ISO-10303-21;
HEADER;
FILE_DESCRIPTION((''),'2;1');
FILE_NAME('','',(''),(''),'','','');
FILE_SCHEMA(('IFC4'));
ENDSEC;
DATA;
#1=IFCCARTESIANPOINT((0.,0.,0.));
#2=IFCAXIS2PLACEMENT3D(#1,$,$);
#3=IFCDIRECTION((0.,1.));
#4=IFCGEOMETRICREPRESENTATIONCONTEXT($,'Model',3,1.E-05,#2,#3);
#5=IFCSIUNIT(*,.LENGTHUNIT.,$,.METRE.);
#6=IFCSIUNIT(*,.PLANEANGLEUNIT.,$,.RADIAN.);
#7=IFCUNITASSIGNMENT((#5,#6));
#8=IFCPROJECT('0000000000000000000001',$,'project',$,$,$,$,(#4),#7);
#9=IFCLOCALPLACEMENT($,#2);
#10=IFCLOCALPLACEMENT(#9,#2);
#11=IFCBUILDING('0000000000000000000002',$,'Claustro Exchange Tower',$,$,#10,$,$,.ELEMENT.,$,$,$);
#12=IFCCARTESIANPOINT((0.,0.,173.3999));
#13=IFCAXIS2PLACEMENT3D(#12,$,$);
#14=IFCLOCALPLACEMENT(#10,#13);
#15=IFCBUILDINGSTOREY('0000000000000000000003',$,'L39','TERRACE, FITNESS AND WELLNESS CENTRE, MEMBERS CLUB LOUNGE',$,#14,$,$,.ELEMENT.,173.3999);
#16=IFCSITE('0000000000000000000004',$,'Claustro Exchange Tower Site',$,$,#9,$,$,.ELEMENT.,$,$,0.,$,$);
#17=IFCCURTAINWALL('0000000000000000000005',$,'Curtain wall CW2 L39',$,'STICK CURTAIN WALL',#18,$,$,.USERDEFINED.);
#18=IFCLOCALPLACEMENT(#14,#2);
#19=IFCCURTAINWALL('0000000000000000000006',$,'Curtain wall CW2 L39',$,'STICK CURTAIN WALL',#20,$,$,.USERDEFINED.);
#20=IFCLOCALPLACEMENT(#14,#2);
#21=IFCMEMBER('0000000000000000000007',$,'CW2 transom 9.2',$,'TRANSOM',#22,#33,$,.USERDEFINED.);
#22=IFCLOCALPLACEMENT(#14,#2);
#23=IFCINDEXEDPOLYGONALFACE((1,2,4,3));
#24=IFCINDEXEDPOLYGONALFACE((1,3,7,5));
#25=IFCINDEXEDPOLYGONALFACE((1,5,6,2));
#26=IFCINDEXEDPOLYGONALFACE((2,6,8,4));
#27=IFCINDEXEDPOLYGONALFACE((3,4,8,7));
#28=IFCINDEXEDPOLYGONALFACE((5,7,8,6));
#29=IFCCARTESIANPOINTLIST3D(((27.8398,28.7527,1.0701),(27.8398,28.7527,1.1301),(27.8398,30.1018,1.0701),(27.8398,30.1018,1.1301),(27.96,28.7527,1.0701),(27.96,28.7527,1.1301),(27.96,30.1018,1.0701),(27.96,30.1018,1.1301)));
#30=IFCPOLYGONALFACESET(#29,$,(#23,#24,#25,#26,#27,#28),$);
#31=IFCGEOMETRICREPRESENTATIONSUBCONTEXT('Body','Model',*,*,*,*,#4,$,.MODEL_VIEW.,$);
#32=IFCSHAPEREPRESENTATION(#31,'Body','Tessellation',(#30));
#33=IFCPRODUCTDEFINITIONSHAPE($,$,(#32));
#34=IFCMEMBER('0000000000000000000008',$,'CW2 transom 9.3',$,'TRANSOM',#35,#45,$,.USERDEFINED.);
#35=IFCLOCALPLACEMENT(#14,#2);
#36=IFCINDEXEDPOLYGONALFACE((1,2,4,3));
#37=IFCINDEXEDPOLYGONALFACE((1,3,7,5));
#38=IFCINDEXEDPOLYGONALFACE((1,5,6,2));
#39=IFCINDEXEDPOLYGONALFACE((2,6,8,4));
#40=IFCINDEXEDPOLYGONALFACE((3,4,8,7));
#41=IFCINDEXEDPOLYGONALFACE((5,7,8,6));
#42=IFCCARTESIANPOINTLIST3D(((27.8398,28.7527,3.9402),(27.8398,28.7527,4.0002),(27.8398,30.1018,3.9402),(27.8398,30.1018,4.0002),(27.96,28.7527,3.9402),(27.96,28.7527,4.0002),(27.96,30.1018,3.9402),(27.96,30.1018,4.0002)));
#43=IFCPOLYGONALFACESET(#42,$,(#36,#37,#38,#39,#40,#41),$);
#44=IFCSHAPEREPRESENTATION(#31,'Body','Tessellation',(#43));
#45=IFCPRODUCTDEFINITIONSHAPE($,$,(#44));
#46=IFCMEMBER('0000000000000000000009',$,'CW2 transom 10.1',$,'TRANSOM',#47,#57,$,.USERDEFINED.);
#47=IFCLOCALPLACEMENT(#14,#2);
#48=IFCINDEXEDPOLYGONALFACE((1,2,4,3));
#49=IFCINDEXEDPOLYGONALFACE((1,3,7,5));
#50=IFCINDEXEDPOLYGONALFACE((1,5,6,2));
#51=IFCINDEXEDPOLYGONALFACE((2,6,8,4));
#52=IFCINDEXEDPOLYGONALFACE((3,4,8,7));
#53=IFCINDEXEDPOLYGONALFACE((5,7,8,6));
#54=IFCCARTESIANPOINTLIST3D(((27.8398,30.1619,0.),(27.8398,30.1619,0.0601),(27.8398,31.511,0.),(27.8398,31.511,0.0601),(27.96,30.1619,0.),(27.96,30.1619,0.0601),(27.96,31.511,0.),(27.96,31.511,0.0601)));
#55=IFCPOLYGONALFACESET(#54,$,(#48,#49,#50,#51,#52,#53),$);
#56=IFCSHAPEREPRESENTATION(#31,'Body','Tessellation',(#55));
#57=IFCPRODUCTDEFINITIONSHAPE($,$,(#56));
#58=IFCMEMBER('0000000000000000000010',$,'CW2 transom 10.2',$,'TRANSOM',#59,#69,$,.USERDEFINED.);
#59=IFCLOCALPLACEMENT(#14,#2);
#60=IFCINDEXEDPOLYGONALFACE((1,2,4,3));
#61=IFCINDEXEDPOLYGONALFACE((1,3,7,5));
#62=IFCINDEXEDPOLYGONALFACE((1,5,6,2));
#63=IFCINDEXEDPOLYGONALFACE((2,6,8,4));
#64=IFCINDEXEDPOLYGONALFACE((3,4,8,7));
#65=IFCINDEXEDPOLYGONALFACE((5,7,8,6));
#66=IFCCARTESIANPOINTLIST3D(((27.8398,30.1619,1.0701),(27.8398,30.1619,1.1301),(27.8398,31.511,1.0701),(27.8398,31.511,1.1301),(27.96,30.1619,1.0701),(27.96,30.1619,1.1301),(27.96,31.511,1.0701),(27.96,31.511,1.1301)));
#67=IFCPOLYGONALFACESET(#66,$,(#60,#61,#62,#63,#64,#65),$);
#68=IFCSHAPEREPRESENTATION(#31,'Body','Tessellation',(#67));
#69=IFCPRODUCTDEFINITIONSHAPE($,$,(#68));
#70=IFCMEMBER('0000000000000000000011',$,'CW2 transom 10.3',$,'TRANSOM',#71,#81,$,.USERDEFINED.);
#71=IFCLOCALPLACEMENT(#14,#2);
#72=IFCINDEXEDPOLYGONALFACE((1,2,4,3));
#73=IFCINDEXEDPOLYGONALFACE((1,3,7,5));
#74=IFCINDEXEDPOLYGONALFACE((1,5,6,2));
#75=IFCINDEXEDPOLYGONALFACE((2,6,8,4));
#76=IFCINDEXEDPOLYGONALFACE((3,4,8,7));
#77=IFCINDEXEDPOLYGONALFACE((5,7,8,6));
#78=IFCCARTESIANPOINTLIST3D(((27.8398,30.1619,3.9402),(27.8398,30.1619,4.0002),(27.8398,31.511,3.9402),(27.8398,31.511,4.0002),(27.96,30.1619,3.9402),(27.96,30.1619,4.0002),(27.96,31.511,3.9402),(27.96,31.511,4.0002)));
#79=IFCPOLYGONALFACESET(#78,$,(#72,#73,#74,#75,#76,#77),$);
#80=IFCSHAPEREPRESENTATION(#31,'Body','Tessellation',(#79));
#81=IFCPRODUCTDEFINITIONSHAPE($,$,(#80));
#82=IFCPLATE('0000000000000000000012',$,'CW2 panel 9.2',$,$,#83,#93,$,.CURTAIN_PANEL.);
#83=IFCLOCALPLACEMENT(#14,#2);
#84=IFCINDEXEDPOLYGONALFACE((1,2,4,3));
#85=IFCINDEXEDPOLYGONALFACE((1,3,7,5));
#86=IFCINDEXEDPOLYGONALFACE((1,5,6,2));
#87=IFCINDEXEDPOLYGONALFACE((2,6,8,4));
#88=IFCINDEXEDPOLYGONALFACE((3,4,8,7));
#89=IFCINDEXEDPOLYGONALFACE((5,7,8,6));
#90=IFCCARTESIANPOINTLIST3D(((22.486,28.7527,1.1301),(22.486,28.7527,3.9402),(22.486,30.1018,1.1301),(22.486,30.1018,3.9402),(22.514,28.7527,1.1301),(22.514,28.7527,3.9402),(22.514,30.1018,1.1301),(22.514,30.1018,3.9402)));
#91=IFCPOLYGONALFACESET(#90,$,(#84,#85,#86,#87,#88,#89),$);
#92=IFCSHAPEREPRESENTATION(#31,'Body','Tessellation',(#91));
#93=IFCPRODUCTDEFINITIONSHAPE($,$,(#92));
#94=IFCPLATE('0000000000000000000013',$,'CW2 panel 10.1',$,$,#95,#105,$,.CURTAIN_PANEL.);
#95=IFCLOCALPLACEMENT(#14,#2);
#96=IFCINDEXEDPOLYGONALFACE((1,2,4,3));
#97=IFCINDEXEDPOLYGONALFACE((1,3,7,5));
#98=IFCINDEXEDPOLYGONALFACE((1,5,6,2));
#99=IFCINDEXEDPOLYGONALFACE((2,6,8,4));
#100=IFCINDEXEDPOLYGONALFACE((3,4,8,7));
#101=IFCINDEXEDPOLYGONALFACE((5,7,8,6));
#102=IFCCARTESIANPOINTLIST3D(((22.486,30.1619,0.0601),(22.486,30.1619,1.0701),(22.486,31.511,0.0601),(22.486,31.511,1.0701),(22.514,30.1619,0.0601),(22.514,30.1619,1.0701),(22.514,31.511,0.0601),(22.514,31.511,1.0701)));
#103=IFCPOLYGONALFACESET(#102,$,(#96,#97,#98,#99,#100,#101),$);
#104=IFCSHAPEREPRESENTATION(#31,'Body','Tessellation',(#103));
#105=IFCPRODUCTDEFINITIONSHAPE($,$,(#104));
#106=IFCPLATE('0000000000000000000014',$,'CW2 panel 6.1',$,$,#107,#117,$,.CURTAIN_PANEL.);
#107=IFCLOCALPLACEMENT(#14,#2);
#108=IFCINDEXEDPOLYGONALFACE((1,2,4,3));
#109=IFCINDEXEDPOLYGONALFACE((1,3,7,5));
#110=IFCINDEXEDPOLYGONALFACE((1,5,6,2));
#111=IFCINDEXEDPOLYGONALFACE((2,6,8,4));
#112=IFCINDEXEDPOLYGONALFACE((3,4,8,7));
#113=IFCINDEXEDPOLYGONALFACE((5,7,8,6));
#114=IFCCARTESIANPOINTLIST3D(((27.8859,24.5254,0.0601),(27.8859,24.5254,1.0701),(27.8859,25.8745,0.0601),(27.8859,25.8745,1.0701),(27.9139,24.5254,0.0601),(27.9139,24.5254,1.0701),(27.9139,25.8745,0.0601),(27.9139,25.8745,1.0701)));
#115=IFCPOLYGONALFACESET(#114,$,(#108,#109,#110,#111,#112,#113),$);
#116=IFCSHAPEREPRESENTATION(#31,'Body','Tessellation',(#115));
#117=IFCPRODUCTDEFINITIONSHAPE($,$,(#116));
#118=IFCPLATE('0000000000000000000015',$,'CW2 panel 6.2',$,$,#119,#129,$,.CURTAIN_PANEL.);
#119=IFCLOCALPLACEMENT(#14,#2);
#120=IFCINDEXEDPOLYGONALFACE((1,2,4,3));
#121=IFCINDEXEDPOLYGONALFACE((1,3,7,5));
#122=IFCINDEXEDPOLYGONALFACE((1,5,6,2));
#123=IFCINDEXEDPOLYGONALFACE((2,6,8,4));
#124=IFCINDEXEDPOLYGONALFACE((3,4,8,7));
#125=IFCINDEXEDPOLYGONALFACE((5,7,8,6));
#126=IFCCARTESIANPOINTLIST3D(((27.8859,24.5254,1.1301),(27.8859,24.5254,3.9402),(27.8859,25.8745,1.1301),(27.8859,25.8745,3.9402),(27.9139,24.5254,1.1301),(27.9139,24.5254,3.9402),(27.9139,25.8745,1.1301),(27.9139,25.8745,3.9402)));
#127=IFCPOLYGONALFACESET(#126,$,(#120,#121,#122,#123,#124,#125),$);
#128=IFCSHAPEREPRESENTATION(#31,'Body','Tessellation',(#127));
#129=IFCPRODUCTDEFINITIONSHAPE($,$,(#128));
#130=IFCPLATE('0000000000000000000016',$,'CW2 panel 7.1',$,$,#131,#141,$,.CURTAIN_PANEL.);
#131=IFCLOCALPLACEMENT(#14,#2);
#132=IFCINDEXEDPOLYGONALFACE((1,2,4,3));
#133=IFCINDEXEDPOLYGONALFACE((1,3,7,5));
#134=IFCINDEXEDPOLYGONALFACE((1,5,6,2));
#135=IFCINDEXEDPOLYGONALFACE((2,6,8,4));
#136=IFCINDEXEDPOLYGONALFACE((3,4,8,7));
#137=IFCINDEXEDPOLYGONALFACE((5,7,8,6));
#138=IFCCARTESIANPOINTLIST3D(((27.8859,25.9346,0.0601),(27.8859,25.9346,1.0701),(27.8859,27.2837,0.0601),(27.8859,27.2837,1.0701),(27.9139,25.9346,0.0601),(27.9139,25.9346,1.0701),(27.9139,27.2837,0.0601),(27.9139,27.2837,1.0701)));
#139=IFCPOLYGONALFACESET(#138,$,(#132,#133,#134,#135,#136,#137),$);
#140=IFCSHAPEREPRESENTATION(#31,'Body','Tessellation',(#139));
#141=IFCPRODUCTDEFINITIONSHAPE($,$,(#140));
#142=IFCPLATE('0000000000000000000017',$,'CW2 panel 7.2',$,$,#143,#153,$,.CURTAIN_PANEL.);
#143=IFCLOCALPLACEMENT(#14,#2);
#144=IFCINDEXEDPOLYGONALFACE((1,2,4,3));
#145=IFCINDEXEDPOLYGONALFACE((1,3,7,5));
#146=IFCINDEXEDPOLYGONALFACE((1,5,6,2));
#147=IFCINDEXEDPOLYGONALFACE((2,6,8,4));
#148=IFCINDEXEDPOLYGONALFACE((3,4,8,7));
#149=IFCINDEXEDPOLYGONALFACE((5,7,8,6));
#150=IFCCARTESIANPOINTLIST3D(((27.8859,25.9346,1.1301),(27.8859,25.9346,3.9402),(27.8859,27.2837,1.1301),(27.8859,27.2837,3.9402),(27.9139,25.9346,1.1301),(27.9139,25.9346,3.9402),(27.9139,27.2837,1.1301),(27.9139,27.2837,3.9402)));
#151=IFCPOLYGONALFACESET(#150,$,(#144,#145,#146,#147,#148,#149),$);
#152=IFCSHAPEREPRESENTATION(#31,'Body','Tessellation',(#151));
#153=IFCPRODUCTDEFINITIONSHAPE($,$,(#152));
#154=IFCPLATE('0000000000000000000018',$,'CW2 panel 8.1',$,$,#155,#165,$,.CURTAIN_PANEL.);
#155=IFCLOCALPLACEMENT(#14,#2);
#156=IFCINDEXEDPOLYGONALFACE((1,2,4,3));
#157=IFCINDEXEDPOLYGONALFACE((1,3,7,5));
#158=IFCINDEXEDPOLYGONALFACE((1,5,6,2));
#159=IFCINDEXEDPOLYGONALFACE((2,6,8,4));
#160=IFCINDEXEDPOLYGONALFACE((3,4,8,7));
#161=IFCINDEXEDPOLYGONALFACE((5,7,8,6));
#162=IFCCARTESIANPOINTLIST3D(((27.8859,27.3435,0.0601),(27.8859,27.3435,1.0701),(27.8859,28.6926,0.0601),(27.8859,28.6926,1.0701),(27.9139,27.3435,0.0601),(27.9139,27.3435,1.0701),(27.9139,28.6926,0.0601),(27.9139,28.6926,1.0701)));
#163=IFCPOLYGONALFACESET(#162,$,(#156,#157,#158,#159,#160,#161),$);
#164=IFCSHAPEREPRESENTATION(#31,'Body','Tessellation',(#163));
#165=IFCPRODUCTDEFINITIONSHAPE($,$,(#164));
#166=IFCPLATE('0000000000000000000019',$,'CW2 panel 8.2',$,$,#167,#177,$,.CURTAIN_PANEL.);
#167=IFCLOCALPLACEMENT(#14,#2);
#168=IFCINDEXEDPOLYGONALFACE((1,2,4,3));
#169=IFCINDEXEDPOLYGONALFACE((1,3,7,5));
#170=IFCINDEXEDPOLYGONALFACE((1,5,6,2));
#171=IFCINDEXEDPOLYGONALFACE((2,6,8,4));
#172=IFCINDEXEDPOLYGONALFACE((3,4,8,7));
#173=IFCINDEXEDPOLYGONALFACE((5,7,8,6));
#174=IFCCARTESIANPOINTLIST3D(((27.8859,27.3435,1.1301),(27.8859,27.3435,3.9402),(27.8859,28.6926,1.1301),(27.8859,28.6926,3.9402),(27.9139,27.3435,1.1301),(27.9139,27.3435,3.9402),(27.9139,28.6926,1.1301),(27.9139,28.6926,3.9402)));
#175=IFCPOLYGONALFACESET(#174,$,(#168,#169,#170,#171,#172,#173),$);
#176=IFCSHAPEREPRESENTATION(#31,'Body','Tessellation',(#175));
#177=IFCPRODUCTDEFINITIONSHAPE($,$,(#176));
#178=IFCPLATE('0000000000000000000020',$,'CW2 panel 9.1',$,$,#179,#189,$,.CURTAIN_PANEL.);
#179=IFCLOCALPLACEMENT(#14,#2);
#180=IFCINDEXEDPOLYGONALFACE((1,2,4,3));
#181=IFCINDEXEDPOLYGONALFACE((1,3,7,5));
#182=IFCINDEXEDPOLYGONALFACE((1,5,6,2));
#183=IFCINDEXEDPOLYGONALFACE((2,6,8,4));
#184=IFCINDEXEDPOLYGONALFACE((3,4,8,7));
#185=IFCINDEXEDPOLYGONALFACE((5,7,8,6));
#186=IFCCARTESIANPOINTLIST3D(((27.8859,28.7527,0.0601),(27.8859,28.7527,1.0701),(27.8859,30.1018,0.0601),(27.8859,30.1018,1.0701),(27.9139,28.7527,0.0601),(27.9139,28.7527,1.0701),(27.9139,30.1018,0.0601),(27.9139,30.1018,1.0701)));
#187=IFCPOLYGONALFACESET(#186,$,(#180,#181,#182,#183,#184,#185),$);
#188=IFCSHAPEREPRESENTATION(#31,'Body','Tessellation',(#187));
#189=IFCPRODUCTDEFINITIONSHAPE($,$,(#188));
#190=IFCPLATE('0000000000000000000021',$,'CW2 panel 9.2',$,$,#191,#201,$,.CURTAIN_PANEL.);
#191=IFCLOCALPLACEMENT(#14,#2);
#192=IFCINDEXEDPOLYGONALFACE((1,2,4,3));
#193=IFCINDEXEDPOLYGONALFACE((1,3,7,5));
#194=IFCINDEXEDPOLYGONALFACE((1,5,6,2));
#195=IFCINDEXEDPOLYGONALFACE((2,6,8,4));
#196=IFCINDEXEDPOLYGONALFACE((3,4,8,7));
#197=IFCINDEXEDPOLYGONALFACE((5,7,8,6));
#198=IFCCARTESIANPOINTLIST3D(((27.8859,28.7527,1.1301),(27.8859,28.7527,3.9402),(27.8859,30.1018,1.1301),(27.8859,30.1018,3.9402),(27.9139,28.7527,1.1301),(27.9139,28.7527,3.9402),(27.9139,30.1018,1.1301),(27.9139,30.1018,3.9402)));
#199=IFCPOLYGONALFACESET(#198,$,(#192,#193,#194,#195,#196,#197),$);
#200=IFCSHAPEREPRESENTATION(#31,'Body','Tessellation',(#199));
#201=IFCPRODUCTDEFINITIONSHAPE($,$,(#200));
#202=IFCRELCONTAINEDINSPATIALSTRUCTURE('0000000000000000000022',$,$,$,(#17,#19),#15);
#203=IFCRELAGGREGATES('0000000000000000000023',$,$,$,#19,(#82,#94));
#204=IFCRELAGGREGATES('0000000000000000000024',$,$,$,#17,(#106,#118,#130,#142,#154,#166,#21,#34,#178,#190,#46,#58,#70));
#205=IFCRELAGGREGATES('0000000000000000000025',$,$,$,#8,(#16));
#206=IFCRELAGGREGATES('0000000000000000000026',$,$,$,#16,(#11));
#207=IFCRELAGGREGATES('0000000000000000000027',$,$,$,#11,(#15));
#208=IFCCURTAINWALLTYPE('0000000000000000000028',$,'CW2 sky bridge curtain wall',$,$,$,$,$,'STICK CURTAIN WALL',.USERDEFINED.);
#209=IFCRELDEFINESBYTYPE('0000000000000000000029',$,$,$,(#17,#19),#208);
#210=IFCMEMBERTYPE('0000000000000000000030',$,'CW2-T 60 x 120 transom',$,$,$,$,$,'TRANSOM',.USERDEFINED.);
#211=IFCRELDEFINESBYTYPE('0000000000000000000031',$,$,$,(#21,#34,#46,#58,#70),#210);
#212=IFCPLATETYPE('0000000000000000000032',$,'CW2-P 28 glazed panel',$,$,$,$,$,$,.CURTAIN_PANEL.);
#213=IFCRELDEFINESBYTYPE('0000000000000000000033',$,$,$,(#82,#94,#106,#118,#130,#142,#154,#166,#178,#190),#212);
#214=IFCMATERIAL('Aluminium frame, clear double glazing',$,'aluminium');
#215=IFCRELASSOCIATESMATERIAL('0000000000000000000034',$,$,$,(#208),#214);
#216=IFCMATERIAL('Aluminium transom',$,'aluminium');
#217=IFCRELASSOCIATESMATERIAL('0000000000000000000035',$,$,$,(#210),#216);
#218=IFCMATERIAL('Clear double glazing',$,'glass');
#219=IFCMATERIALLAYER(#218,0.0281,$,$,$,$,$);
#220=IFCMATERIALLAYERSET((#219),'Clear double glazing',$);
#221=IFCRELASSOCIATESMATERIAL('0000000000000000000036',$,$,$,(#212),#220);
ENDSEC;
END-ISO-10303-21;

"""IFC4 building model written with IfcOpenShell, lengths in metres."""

from ifc_helpers import new_model, si_unit, direction, frame, origin, origin_2d, place, context, subcontext, project, spatial, rectangle, extrude, material, layer, layer_set, material_profile, profile_set, type_object, element, aggregate, save


model = new_model("IFC4")

# Units and contexts
model_context = context("Model", 3, precision=1e-05, world=origin(), true_north=direction((0.0, 1.0)))
body_context = subcontext(model_context, "Body", "Model", "MODEL_VIEW")
ifc_project = project(units=[si_unit("LENGTHUNIT", "METRE"), si_unit("PLANEANGLEUNIT", "RADIAN")], contexts=[model_context])

# Site, building, storey
site_placement = place(None, origin())
site = spatial("IfcSite", under=ifc_project, at=site_placement, Name="Claustro Exchange Tower Site", CompositionType="ELEMENT", RefElevation=0.0)
building_placement = place(site_placement, origin())
building = spatial("IfcBuilding", under=site, at=building_placement, Name="Claustro Exchange Tower", CompositionType="ELEMENT")
storey_placement = place(building_placement, frame((0.0, 0.0, 173.3999)))
storey = spatial("IfcBuildingStorey", under=building, at=storey_placement, Name="L39", Description="TERRACE, FITNESS AND WELLNESS CENTRE, MEMBERS CLUB LOUNGE", CompositionType="ELEMENT", Elevation=173.3999)

# Curtain walls
ifc_material_1 = material(Name="Aluminium frame, clear double glazing", Category="aluminium")
curtain_wall_type = type_object("IfcCurtainWallType", Name="CW2 sky bridge curtain wall", ElementType="STICK CURTAIN WALL", PredefinedType="USERDEFINED", material=ifc_material_1)
curtain_wall_1_placement = place(storey_placement, origin())
curtain_wall_1 = element("IfcCurtainWall", 1, at=curtain_wall_1_placement, inside=storey, type_object=curtain_wall_type, Name="Curtain wall CW2 L39", ObjectType="STICK CURTAIN WALL", PredefinedType="USERDEFINED")
curtain_wall_2_placement = place(storey_placement, origin())
curtain_wall_2 = element("IfcCurtainWall", 2, at=curtain_wall_2_placement, inside=storey, type_object=curtain_wall_type, Name="Curtain wall CW2 L39", ObjectType="STICK CURTAIN WALL", PredefinedType="USERDEFINED")
ifc_material_2 = material(Name="Aluminium transom", Category="aluminium")
ifc_material_profile_1 = material_profile(ifc_material_2, rectangle(XDim=0.1201, YDim=0.0601, at=origin_2d()), Name="CW2-T 60x120")
ifc_profile_set_1 = profile_set([ifc_material_profile_1], Name="Aluminium transom")
member_type_1 = type_object("IfcMemberType", Name="CW2-T 60 x 120 transom", ElementType="TRANSOM", PredefinedType="USERDEFINED", material=ifc_profile_set_1)

# Members
member_1_placement = place(storey_placement, frame((27.8999, 28.7527, 1.1001), z_axis=(0.0, 1.0, 0.0), x_axis=(-1.0, 0.0, 0.0)))
member_1 = element("IfcMember", 3, at=member_1_placement, type_object=member_type_1, Name="CW2 transom 9.2", ObjectType="TRANSOM", PredefinedType="USERDEFINED", context=body_context, shape_type="SweptSolid", body=[
    extrude(rectangle(XDim=0.1201, YDim=0.0601, at=origin_2d()), origin(), (0.0, 0.0, 1.0), 1.3491),
])
member_2_placement = place(storey_placement, frame((27.8999, 28.7527, 3.9702), z_axis=(0.0, 1.0, 0.0), x_axis=(-1.0, 0.0, 0.0)))
member_2 = element("IfcMember", 4, at=member_2_placement, type_object=member_type_1, Name="CW2 transom 9.3", ObjectType="TRANSOM", PredefinedType="USERDEFINED", context=body_context, shape_type="SweptSolid", body=[
    extrude(rectangle(XDim=0.1201, YDim=0.0601, at=origin_2d()), origin(), (0.0, 0.0, 1.0), 1.3491),
])
member_3_placement = place(storey_placement, frame((27.8999, 30.1619, 0.03), z_axis=(0.0, 1.0, 0.0), x_axis=(-1.0, 0.0, 0.0)))
member_3 = element("IfcMember", 5, at=member_3_placement, type_object=member_type_1, Name="CW2 transom 10.1", ObjectType="TRANSOM", PredefinedType="USERDEFINED", context=body_context, shape_type="SweptSolid", body=[
    extrude(rectangle(XDim=0.1201, YDim=0.0601, at=origin_2d()), origin(), (0.0, 0.0, 1.0), 1.3491),
])
member_4_placement = place(storey_placement, frame((27.8999, 30.1619, 1.1001), z_axis=(0.0, 1.0, 0.0), x_axis=(-1.0, 0.0, 0.0)))
member_4 = element("IfcMember", 6, at=member_4_placement, type_object=member_type_1, Name="CW2 transom 10.2", ObjectType="TRANSOM", PredefinedType="USERDEFINED", context=body_context, shape_type="SweptSolid", body=[
    extrude(rectangle(XDim=0.1201, YDim=0.0601, at=origin_2d()), origin(), (0.0, 0.0, 1.0), 1.3491),
])
member_5_placement = place(storey_placement, frame((27.8999, 30.1619, 3.9702), z_axis=(0.0, 1.0, 0.0), x_axis=(-1.0, 0.0, 0.0)))
member_5 = element("IfcMember", 7, at=member_5_placement, type_object=member_type_1, Name="CW2 transom 10.3", ObjectType="TRANSOM", PredefinedType="USERDEFINED", context=body_context, shape_type="SweptSolid", body=[
    extrude(rectangle(XDim=0.1201, YDim=0.0601, at=origin_2d()), origin(), (0.0, 0.0, 1.0), 1.3491),
])

# Plates
ifc_material_3 = material(Name="Clear double glazing", Category="glass")
ifc_layer = layer(ifc_material_3, 0.0281)
ifc_layer_set = layer_set([ifc_layer], Name="Clear double glazing")
plate_type = type_object("IfcPlateType", Name="CW2-P 28 glazed panel", PredefinedType="CURTAIN_PANEL", material=ifc_layer_set)
plate_1_placement = place(storey_placement, frame((22.5, 29.4272, 1.1301), z_axis=(0.0, 0.0, 1.0), x_axis=(0.0, 1.0, 0.0)))
plate_1 = element("IfcPlate", 8, at=plate_1_placement, type_object=plate_type, Name="CW2 panel 9.2", PredefinedType="CURTAIN_PANEL", context=body_context, shape_type="SweptSolid", body=[
    extrude(rectangle(XDim=1.3491, YDim=0.0281, at=origin_2d()), origin(), (0.0, 0.0, 1.0), 2.8101),
])
plate_2_placement = place(storey_placement, frame((22.5, 30.8364, 0.0601), z_axis=(0.0, 0.0, 1.0), x_axis=(0.0, 1.0, 0.0)))
plate_2 = element("IfcPlate", 9, at=plate_2_placement, type_object=plate_type, Name="CW2 panel 10.1", PredefinedType="CURTAIN_PANEL", context=body_context, shape_type="SweptSolid", body=[
    extrude(rectangle(XDim=1.3491, YDim=0.0281, at=origin_2d()), origin(), (0.0, 0.0, 1.0), 1.01),
])
aggregate(curtain_wall_2, [plate_1, plate_2])
plate_3_placement = place(storey_placement, frame((27.8999, 25.2, 0.0601), z_axis=(0.0, 0.0, 1.0), x_axis=(0.0, 1.0, 0.0)))
plate_3 = element("IfcPlate", 10, at=plate_3_placement, type_object=plate_type, Name="CW2 panel 6.1", PredefinedType="CURTAIN_PANEL", context=body_context, shape_type="SweptSolid", body=[
    extrude(rectangle(XDim=1.3491, YDim=0.0281, at=origin_2d()), origin(), (0.0, 0.0, 1.0), 1.01),
])
plate_4_placement = place(storey_placement, frame((27.8999, 25.2, 1.1301), z_axis=(0.0, 0.0, 1.0), x_axis=(0.0, 1.0, 0.0)))
plate_4 = element("IfcPlate", 11, at=plate_4_placement, type_object=plate_type, Name="CW2 panel 6.2", PredefinedType="CURTAIN_PANEL", context=body_context, shape_type="SweptSolid", body=[
    extrude(rectangle(XDim=1.3491, YDim=0.0281, at=origin_2d()), origin(), (0.0, 0.0, 1.0), 2.8101),
])
plate_5_placement = place(storey_placement, frame((27.8999, 26.6091, 0.0601), z_axis=(0.0, 0.0, 1.0), x_axis=(0.0, 1.0, 0.0)))
plate_5 = element("IfcPlate", 12, at=plate_5_placement, type_object=plate_type, Name="CW2 panel 7.1", PredefinedType="CURTAIN_PANEL", context=body_context, shape_type="SweptSolid", body=[
    extrude(rectangle(XDim=1.3491, YDim=0.0281, at=origin_2d()), origin(), (0.0, 0.0, 1.0), 1.01),
])
plate_6_placement = place(storey_placement, frame((27.8999, 26.6091, 1.1301), z_axis=(0.0, 0.0, 1.0), x_axis=(0.0, 1.0, 0.0)))
plate_6 = element("IfcPlate", 13, at=plate_6_placement, type_object=plate_type, Name="CW2 panel 7.2", PredefinedType="CURTAIN_PANEL", context=body_context, shape_type="SweptSolid", body=[
    extrude(rectangle(XDim=1.3491, YDim=0.0281, at=origin_2d()), origin(), (0.0, 0.0, 1.0), 2.8101),
])
plate_7_placement = place(storey_placement, frame((27.8999, 28.0181, 0.0601), z_axis=(0.0, 0.0, 1.0), x_axis=(0.0, 1.0, 0.0)))
plate_7 = element("IfcPlate", 14, at=plate_7_placement, type_object=plate_type, Name="CW2 panel 8.1", PredefinedType="CURTAIN_PANEL", context=body_context, shape_type="SweptSolid", body=[
    extrude(rectangle(XDim=1.3491, YDim=0.0281, at=origin_2d()), origin(), (0.0, 0.0, 1.0), 1.01),
])
plate_8_placement = place(storey_placement, frame((27.8999, 28.0181, 1.1301), z_axis=(0.0, 0.0, 1.0), x_axis=(0.0, 1.0, 0.0)))
plate_8 = element("IfcPlate", 15, at=plate_8_placement, type_object=plate_type, Name="CW2 panel 8.2", PredefinedType="CURTAIN_PANEL", context=body_context, shape_type="SweptSolid", body=[
    extrude(rectangle(XDim=1.3491, YDim=0.0281, at=origin_2d()), origin(), (0.0, 0.0, 1.0), 2.8101),
])
plate_9_placement = place(storey_placement, frame((27.8999, 29.4272, 0.0601), z_axis=(0.0, 0.0, 1.0), x_axis=(0.0, 1.0, 0.0)))
plate_9 = element("IfcPlate", 16, at=plate_9_placement, type_object=plate_type, Name="CW2 panel 9.1", PredefinedType="CURTAIN_PANEL", context=body_context, shape_type="SweptSolid", body=[
    extrude(rectangle(XDim=1.3491, YDim=0.0281, at=origin_2d()), origin(), (0.0, 0.0, 1.0), 1.01),
])
plate_10_placement = place(storey_placement, frame((27.8999, 29.4272, 1.1301), z_axis=(0.0, 0.0, 1.0), x_axis=(0.0, 1.0, 0.0)))
plate_10 = element("IfcPlate", 17, at=plate_10_placement, type_object=plate_type, Name="CW2 panel 9.2", PredefinedType="CURTAIN_PANEL", context=body_context, shape_type="SweptSolid", body=[
    extrude(rectangle(XDim=1.3491, YDim=0.0281, at=origin_2d()), origin(), (0.0, 0.0, 1.0), 2.8101),
])
aggregate(curtain_wall_1, [plate_3, plate_4, plate_5, plate_6, plate_7, plate_8, member_1, member_2, plate_9, plate_10, member_3, member_4, member_5])

save(model, "model.ifc")
